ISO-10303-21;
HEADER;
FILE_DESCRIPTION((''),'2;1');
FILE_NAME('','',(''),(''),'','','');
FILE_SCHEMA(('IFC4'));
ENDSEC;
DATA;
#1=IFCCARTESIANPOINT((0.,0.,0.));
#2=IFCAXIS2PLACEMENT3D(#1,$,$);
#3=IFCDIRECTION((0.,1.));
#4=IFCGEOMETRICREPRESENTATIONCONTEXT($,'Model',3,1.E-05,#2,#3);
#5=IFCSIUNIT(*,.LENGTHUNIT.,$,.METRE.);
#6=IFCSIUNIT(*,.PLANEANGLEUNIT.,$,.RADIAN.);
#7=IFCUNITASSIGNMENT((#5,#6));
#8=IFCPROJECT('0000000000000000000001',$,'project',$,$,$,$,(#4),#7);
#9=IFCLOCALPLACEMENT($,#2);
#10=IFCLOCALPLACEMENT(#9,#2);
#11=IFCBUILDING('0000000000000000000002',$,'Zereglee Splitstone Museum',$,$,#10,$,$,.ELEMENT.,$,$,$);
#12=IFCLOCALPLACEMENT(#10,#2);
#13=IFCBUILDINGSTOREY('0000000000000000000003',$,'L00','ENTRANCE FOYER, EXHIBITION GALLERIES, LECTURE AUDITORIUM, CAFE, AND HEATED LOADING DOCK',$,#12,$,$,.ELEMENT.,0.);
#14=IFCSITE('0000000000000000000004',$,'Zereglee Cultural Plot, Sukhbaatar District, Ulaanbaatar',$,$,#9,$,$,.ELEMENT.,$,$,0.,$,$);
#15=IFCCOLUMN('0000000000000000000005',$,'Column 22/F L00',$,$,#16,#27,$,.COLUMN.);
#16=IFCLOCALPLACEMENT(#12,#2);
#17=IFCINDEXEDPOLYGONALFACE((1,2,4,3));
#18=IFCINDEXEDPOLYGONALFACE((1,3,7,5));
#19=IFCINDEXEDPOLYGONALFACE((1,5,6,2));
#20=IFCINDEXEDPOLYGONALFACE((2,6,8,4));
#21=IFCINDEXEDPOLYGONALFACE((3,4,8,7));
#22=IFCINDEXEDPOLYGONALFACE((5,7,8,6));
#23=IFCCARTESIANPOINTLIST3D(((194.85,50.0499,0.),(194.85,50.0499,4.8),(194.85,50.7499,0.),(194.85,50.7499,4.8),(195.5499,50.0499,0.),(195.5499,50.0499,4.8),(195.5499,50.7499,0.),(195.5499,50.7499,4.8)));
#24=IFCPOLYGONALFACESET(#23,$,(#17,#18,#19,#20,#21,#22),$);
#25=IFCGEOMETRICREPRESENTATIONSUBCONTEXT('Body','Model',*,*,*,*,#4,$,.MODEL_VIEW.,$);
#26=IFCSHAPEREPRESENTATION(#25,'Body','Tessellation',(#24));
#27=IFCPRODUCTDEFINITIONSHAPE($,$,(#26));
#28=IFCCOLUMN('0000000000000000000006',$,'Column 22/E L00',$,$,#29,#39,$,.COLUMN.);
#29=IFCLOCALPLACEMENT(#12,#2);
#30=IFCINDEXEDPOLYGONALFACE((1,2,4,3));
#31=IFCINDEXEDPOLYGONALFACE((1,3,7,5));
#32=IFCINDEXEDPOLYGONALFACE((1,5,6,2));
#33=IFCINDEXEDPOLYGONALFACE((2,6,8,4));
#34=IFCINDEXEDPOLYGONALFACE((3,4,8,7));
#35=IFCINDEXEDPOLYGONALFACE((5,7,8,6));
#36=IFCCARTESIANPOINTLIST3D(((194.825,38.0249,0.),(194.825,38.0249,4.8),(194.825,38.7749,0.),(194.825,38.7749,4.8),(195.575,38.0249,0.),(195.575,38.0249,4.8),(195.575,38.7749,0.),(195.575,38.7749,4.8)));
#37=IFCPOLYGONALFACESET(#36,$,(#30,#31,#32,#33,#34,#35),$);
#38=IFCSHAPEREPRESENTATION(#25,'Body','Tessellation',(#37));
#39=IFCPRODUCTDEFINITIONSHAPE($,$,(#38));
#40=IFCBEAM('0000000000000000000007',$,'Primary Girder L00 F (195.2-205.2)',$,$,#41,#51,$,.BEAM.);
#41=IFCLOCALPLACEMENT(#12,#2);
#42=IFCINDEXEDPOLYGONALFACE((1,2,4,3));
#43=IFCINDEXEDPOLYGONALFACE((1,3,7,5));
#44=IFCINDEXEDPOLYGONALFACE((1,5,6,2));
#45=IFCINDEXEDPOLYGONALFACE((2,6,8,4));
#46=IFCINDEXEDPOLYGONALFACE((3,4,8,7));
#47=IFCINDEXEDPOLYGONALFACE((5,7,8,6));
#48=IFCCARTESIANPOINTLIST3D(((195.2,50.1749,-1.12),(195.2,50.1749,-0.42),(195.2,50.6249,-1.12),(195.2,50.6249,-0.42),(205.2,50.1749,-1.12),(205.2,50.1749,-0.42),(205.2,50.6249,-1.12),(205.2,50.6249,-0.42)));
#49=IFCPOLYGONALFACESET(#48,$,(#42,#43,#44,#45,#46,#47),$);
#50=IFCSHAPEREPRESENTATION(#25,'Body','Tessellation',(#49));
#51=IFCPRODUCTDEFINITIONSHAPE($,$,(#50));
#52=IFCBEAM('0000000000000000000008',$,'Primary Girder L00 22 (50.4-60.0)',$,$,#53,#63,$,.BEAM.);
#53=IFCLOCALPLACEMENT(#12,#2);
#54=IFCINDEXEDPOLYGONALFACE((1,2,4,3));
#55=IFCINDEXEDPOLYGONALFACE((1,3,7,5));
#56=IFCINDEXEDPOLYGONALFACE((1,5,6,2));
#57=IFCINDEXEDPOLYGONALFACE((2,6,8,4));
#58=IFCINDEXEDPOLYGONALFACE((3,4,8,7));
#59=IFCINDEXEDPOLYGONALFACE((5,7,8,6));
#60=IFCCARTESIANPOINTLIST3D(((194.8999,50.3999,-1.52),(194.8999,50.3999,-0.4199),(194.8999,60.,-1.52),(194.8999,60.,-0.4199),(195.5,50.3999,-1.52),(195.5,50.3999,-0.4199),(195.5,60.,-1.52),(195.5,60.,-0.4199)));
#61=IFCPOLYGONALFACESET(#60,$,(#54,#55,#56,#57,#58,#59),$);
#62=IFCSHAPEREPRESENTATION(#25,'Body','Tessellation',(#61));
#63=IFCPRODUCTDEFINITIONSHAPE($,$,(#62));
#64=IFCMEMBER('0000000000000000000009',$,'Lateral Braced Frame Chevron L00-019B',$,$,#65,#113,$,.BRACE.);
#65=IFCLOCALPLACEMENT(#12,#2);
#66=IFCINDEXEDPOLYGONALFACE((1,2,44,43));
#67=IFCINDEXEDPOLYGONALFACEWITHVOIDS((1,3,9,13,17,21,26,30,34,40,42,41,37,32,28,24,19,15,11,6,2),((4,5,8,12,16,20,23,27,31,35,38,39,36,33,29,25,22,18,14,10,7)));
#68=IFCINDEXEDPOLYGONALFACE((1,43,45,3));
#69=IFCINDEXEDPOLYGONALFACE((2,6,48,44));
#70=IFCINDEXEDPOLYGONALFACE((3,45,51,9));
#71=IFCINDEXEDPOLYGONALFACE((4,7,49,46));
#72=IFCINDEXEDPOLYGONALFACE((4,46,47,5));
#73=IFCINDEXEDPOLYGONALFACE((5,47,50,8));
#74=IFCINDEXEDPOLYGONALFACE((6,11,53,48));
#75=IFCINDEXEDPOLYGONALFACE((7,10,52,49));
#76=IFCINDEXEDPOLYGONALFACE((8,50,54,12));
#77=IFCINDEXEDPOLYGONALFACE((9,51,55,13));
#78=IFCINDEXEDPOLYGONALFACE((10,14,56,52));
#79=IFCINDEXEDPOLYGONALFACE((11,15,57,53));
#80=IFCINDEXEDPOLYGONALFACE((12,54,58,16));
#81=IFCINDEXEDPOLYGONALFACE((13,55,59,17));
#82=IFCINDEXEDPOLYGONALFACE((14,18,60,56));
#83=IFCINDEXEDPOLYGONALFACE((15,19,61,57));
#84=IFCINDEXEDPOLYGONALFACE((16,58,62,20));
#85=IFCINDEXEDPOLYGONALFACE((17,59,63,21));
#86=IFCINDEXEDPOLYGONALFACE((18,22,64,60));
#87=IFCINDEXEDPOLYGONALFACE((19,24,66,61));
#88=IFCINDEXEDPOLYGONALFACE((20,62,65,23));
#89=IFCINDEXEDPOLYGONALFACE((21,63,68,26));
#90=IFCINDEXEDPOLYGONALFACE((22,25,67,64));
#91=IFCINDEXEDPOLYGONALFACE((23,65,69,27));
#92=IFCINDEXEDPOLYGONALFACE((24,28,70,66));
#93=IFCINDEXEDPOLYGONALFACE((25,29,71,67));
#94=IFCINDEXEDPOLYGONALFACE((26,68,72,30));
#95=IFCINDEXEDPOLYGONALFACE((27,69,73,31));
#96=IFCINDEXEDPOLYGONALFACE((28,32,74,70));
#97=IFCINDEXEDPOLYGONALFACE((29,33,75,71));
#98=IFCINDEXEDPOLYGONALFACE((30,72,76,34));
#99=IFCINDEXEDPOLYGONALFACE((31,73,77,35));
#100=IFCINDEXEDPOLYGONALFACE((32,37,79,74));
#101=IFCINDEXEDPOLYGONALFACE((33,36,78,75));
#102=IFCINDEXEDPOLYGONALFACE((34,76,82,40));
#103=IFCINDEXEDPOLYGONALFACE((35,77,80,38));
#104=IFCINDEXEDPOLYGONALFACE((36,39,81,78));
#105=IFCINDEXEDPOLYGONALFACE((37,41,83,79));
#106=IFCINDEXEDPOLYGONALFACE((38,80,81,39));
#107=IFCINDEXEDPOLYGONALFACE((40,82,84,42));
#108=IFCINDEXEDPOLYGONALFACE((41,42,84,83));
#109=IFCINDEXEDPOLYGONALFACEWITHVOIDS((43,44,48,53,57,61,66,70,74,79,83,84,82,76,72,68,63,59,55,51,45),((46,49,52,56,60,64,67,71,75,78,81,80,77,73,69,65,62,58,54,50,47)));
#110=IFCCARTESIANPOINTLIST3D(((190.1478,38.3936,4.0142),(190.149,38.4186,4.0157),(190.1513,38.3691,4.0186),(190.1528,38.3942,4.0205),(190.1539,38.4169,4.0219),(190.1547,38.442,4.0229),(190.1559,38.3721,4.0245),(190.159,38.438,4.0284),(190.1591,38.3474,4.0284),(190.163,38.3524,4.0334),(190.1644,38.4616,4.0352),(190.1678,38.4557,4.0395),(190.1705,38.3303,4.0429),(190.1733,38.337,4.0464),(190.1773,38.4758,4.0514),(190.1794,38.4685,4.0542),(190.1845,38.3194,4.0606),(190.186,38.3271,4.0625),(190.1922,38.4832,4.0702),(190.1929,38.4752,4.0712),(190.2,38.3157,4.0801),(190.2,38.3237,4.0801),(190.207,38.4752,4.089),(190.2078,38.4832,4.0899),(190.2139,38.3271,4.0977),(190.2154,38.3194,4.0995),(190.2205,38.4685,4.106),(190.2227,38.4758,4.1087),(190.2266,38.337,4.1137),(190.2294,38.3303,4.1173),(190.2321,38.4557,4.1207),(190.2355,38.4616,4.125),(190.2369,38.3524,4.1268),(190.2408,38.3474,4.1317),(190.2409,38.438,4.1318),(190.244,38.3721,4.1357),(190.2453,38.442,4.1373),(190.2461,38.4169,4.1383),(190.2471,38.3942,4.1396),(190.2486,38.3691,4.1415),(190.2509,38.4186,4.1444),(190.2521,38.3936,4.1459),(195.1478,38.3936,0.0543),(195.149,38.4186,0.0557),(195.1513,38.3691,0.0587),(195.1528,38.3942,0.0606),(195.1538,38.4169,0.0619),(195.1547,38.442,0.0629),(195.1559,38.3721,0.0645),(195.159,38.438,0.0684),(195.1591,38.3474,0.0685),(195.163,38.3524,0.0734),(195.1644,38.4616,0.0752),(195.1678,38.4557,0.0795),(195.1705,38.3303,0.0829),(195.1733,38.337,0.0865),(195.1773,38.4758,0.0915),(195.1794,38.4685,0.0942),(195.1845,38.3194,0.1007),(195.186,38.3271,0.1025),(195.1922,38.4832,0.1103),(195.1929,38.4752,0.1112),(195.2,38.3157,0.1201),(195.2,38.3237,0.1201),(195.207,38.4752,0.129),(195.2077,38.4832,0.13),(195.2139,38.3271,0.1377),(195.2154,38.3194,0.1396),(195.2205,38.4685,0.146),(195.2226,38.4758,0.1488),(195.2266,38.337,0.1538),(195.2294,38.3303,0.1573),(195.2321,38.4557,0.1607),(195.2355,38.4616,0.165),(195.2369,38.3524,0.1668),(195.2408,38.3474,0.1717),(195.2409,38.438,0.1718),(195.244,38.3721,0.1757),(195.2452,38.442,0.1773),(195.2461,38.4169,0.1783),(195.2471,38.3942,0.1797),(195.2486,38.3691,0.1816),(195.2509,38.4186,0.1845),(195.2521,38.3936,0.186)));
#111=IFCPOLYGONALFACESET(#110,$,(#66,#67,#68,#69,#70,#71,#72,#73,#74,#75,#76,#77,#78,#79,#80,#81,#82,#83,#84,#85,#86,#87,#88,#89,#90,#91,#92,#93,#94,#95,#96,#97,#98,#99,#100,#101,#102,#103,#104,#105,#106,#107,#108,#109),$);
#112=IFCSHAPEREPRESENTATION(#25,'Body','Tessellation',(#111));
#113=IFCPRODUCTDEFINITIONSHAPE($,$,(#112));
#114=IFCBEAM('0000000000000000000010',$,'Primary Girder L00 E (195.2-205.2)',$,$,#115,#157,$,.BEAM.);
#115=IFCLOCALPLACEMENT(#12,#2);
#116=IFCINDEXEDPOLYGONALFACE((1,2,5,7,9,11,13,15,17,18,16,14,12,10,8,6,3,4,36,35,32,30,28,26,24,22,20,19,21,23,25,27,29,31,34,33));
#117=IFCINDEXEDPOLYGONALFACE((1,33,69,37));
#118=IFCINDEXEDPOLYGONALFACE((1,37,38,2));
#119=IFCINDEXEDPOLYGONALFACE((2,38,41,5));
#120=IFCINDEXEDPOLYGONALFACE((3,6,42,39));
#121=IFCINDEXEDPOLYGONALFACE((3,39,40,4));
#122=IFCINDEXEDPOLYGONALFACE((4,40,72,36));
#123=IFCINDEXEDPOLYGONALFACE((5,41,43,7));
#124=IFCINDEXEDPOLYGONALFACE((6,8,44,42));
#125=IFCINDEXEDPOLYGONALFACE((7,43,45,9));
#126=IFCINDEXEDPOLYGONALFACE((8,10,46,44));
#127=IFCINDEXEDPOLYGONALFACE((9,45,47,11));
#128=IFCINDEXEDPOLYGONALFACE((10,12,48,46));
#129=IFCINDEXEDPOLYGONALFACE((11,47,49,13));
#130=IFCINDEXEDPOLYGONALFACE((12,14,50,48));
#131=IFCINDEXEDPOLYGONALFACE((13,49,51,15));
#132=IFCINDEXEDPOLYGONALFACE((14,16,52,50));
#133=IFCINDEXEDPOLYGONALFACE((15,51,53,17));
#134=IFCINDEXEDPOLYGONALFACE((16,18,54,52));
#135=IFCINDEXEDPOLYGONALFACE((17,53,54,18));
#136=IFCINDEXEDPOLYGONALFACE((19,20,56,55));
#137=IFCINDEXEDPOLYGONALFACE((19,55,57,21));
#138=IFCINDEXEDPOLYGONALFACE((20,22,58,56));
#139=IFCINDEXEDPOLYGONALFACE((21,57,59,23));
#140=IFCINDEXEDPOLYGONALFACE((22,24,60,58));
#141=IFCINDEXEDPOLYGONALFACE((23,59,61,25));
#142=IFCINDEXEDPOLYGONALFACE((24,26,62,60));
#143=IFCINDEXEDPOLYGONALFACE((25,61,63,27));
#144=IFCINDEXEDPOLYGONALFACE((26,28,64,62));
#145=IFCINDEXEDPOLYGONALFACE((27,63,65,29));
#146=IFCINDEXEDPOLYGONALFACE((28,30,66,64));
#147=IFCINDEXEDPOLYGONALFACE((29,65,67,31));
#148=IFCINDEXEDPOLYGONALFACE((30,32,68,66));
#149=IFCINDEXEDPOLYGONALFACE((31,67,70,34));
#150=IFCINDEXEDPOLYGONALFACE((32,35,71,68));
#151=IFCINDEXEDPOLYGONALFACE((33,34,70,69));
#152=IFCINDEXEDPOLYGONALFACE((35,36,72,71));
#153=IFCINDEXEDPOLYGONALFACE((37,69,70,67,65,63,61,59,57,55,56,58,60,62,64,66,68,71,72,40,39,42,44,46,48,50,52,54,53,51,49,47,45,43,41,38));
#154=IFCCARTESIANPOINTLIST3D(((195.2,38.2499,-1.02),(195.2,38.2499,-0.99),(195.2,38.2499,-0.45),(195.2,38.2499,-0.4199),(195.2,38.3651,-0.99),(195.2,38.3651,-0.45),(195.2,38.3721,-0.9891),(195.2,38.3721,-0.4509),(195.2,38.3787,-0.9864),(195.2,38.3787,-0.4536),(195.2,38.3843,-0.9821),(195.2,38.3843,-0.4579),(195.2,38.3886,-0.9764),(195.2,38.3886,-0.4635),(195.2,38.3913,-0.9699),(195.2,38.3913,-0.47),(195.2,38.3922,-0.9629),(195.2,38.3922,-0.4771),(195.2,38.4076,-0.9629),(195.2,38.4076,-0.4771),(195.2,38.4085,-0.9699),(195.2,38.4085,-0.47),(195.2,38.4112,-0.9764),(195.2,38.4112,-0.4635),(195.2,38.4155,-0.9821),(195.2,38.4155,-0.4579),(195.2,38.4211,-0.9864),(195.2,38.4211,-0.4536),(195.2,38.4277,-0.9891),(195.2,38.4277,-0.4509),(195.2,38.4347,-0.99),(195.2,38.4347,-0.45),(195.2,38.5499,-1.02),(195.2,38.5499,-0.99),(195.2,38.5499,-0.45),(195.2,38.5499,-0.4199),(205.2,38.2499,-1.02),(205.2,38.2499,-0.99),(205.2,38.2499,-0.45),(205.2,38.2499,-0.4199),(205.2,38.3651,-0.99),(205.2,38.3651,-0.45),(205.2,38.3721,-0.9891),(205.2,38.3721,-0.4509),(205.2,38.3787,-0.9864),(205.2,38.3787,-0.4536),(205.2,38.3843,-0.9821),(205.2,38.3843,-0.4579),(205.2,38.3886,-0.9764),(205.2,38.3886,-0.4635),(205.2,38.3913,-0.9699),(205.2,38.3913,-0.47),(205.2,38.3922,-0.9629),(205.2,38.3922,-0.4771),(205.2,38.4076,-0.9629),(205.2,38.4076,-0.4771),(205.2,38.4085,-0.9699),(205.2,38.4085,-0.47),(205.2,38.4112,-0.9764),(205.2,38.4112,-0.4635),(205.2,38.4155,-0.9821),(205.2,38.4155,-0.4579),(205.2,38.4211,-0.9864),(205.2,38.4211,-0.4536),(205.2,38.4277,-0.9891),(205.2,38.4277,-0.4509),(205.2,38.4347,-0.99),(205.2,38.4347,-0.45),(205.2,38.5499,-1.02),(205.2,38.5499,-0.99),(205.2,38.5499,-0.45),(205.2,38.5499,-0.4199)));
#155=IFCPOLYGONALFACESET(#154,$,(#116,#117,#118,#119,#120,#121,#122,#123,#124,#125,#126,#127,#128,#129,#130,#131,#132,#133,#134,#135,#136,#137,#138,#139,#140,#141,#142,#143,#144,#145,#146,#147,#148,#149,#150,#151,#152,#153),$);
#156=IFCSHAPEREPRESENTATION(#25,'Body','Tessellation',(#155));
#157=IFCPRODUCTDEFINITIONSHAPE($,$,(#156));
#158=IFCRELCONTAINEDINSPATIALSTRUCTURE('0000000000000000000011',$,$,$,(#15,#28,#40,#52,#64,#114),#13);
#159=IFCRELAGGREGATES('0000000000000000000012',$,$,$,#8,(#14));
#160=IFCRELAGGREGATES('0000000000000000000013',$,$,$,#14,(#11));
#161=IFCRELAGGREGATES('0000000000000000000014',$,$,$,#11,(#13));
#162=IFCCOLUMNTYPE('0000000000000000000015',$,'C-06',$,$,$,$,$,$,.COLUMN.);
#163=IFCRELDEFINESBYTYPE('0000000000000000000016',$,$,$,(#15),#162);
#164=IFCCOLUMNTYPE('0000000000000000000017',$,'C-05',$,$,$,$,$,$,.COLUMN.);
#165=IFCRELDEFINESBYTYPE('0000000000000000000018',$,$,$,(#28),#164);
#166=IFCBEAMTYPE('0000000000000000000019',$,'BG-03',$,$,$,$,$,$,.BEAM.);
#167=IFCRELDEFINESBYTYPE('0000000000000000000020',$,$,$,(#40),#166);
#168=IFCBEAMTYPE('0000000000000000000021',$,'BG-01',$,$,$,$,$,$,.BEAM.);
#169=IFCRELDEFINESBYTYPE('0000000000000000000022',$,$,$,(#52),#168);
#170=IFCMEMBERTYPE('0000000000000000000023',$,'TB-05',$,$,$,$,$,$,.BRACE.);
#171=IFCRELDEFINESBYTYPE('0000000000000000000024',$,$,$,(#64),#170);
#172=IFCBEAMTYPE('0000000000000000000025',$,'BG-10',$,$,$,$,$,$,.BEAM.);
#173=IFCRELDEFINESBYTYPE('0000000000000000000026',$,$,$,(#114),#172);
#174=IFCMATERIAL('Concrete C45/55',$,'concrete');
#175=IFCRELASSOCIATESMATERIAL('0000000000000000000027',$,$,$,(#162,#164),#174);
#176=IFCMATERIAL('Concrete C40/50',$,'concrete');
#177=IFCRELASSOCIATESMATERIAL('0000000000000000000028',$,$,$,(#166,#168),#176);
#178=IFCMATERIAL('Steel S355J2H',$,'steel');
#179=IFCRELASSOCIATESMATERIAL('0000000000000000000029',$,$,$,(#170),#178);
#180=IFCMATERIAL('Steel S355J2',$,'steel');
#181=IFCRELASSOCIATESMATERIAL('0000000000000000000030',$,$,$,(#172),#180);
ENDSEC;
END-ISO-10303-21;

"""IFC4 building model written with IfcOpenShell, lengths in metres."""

from ifc_helpers import new_model, si_unit, direction, frame, origin, origin_2d, place, context, subcontext, project, spatial, rectangle, hollow_circle, i_section, extrude, material, material_profile, profile_set, type_object, element, save


model = new_model("IFC4")

# Units and contexts
model_context = context("Model", 3, precision=1e-05, world=origin(), true_north=direction((0.0, 1.0)))
body_context = subcontext(model_context, "Body", "Model", "MODEL_VIEW")
ifc_project = project(units=[si_unit("LENGTHUNIT", "METRE"), si_unit("PLANEANGLEUNIT", "RADIAN")], contexts=[model_context])

# Site, building, storey
site_placement = place(None, origin())
site = spatial("IfcSite", under=ifc_project, at=site_placement, Name="Zereglee Cultural Plot, Sukhbaatar District, Ulaanbaatar", CompositionType="ELEMENT", RefElevation=0.0)
building_placement = place(site_placement, origin())
building = spatial("IfcBuilding", under=site, at=building_placement, Name="Zereglee Splitstone Museum", CompositionType="ELEMENT")
storey_placement = place(building_placement, origin())
storey = spatial("IfcBuildingStorey", under=building, at=storey_placement, Name="L00", Description="ENTRANCE FOYER, EXHIBITION GALLERIES, LECTURE AUDITORIUM, CAFE, AND HEATED LOADING DOCK", CompositionType="ELEMENT", Elevation=0.0)

# Columns
ifc_material_1 = material(Name="Concrete C45/55", Category="concrete")
ifc_material_profile_1 = material_profile(ifc_material_1, rectangle(XDim=0.7, YDim=0.7, at=origin_2d()), Name="RC 700x700")
ifc_profile_set_1 = profile_set([ifc_material_profile_1], Name="Concrete C45/55")
column_type_1 = type_object("IfcColumnType", Name="C-06", PredefinedType="COLUMN", material=ifc_profile_set_1)
column_1_placement = place(storey_placement, frame((195.2, 50.3999, 0.0), z_axis=(0.0, 0.0, 1.0), x_axis=(1.0, 0.0, 0.0)))
element("IfcColumn", 1, at=column_1_placement, inside=storey, type_object=column_type_1, Name="Column 22/F L00", PredefinedType="COLUMN", context=body_context, shape_type="SweptSolid", body=[
    extrude(rectangle(XDim=0.7, YDim=0.7, at=origin_2d()), origin(), (0.0, 0.0, 1.0), 4.8),
])
ifc_material_profile_2 = material_profile(ifc_material_1, rectangle(XDim=0.75, YDim=0.75, at=origin_2d()), Name="RC 750x750")
ifc_profile_set_2 = profile_set([ifc_material_profile_2], Name="Concrete C45/55")
column_type_2 = type_object("IfcColumnType", Name="C-05", PredefinedType="COLUMN", material=ifc_profile_set_2)
column_2_placement = place(storey_placement, frame((195.2, 38.3999, 0.0), z_axis=(0.0, 0.0, 1.0), x_axis=(1.0, 0.0, 0.0)))
element("IfcColumn", 2, at=column_2_placement, inside=storey, type_object=column_type_2, Name="Column 22/E L00", PredefinedType="COLUMN", context=body_context, shape_type="SweptSolid", body=[
    extrude(rectangle(XDim=0.75, YDim=0.75, at=origin_2d()), origin(), (0.0, 0.0, 1.0), 4.8),
])

# Beams
ifc_material_2 = material(Name="Concrete C40/50", Category="concrete")
ifc_material_profile_3 = material_profile(ifc_material_2, rectangle(XDim=0.45, YDim=0.7, at=origin_2d()), Name="RC 450x700")
ifc_profile_set_3 = profile_set([ifc_material_profile_3], Name="Concrete C40/50")
beam_type_1 = type_object("IfcBeamType", Name="BG-03", PredefinedType="BEAM", material=ifc_profile_set_3)
beam_1_placement = place(storey_placement, frame((195.2, 50.3999, -0.77), z_axis=(1.0, 0.0, 0.0), x_axis=(0.0, 1.0, 0.0)))
element("IfcBeam", 3, at=beam_1_placement, inside=storey, type_object=beam_type_1, Name="Primary Girder L00 F (195.2-205.2)", PredefinedType="BEAM", context=body_context, shape_type="SweptSolid", body=[
    extrude(rectangle(XDim=0.45, YDim=0.7, at=origin_2d()), origin(), (0.0, 0.0, 1.0), 10.0),
])
ifc_material_profile_4 = material_profile(ifc_material_2, rectangle(XDim=0.6001, YDim=1.1001, at=origin_2d()), Name="RC 600x1100")
ifc_profile_set_4 = profile_set([ifc_material_profile_4], Name="Concrete C40/50")
beam_type_2 = type_object("IfcBeamType", Name="BG-01", PredefinedType="BEAM", material=ifc_profile_set_4)
beam_2_placement = place(storey_placement, frame((195.2, 50.3999, -0.97), z_axis=(0.0, 1.0, 0.0), x_axis=(-1.0, 0.0, 0.0)))
element("IfcBeam", 4, at=beam_2_placement, inside=storey, type_object=beam_type_2, Name="Primary Girder L00 22 (50.4-60.0)", PredefinedType="BEAM", context=body_context, shape_type="SweptSolid", body=[
    extrude(rectangle(XDim=0.6001, YDim=1.1001, at=origin_2d()), origin(), (0.0, 0.0, 1.0), 9.6001),
])

# Member
ifc_material_3 = material(Name="Steel S355J2H", Category="steel")
ifc_material_profile_5 = material_profile(ifc_material_3, hollow_circle(Radius=0.0842, WallThickness=0.0081, at=origin_2d()), Name="CHS 168.3x8")
ifc_profile_set_5 = profile_set([ifc_material_profile_5], Name="Steel S355J2H")
member_type = type_object("IfcMemberType", Name="TB-05", PredefinedType="BRACE", material=ifc_profile_set_5)
member_placement = place(storey_placement, frame((195.2, 38.3999, 0.1201), z_axis=(-0.783922, 0.0, 0.62086), x_axis=(0.0, -1.0, 0.0)))
element("IfcMember", 5, at=member_placement, inside=storey, type_object=member_type, Name="Lateral Braced Frame Chevron L00-019B", PredefinedType="BRACE", context=body_context, shape_type="SweptSolid", body=[
    extrude(hollow_circle(Radius=0.0842, WallThickness=0.0081, at=origin_2d()), origin(), (0.0, 0.0, 1.0), 6.3782),
])

# Beam
ifc_material_4 = material(Name="Steel S355J2", Category="steel")
ifc_material_profile_6 = material_profile(ifc_material_4, i_section(OverallWidth=0.3, OverallDepth=0.6001, WebThickness=0.0154, FlangeThickness=0.03, FilletRadius=0.0271, at=origin_2d()), Name="HE 600 B")
ifc_profile_set_6 = profile_set([ifc_material_profile_6], Name="Steel S355J2")
beam_type_3 = type_object("IfcBeamType", Name="BG-10", PredefinedType="BEAM", material=ifc_profile_set_6)
beam_3_placement = place(storey_placement, frame((195.2, 38.3999, -0.72), z_axis=(1.0, 0.0, 0.0), x_axis=(0.0, 1.0, 0.0)))
element("IfcBeam", 6, at=beam_3_placement, inside=storey, type_object=beam_type_3, Name="Primary Girder L00 E (195.2-205.2)", PredefinedType="BEAM", context=body_context, shape_type="SweptSolid", body=[
    extrude(i_section(OverallWidth=0.3, OverallDepth=0.6001, WebThickness=0.0154, FlangeThickness=0.03, FilletRadius=0.0271, at=origin_2d()), origin(), (0.0, 0.0, 1.0), 10.0),
])

save(model, "model.ifc")
